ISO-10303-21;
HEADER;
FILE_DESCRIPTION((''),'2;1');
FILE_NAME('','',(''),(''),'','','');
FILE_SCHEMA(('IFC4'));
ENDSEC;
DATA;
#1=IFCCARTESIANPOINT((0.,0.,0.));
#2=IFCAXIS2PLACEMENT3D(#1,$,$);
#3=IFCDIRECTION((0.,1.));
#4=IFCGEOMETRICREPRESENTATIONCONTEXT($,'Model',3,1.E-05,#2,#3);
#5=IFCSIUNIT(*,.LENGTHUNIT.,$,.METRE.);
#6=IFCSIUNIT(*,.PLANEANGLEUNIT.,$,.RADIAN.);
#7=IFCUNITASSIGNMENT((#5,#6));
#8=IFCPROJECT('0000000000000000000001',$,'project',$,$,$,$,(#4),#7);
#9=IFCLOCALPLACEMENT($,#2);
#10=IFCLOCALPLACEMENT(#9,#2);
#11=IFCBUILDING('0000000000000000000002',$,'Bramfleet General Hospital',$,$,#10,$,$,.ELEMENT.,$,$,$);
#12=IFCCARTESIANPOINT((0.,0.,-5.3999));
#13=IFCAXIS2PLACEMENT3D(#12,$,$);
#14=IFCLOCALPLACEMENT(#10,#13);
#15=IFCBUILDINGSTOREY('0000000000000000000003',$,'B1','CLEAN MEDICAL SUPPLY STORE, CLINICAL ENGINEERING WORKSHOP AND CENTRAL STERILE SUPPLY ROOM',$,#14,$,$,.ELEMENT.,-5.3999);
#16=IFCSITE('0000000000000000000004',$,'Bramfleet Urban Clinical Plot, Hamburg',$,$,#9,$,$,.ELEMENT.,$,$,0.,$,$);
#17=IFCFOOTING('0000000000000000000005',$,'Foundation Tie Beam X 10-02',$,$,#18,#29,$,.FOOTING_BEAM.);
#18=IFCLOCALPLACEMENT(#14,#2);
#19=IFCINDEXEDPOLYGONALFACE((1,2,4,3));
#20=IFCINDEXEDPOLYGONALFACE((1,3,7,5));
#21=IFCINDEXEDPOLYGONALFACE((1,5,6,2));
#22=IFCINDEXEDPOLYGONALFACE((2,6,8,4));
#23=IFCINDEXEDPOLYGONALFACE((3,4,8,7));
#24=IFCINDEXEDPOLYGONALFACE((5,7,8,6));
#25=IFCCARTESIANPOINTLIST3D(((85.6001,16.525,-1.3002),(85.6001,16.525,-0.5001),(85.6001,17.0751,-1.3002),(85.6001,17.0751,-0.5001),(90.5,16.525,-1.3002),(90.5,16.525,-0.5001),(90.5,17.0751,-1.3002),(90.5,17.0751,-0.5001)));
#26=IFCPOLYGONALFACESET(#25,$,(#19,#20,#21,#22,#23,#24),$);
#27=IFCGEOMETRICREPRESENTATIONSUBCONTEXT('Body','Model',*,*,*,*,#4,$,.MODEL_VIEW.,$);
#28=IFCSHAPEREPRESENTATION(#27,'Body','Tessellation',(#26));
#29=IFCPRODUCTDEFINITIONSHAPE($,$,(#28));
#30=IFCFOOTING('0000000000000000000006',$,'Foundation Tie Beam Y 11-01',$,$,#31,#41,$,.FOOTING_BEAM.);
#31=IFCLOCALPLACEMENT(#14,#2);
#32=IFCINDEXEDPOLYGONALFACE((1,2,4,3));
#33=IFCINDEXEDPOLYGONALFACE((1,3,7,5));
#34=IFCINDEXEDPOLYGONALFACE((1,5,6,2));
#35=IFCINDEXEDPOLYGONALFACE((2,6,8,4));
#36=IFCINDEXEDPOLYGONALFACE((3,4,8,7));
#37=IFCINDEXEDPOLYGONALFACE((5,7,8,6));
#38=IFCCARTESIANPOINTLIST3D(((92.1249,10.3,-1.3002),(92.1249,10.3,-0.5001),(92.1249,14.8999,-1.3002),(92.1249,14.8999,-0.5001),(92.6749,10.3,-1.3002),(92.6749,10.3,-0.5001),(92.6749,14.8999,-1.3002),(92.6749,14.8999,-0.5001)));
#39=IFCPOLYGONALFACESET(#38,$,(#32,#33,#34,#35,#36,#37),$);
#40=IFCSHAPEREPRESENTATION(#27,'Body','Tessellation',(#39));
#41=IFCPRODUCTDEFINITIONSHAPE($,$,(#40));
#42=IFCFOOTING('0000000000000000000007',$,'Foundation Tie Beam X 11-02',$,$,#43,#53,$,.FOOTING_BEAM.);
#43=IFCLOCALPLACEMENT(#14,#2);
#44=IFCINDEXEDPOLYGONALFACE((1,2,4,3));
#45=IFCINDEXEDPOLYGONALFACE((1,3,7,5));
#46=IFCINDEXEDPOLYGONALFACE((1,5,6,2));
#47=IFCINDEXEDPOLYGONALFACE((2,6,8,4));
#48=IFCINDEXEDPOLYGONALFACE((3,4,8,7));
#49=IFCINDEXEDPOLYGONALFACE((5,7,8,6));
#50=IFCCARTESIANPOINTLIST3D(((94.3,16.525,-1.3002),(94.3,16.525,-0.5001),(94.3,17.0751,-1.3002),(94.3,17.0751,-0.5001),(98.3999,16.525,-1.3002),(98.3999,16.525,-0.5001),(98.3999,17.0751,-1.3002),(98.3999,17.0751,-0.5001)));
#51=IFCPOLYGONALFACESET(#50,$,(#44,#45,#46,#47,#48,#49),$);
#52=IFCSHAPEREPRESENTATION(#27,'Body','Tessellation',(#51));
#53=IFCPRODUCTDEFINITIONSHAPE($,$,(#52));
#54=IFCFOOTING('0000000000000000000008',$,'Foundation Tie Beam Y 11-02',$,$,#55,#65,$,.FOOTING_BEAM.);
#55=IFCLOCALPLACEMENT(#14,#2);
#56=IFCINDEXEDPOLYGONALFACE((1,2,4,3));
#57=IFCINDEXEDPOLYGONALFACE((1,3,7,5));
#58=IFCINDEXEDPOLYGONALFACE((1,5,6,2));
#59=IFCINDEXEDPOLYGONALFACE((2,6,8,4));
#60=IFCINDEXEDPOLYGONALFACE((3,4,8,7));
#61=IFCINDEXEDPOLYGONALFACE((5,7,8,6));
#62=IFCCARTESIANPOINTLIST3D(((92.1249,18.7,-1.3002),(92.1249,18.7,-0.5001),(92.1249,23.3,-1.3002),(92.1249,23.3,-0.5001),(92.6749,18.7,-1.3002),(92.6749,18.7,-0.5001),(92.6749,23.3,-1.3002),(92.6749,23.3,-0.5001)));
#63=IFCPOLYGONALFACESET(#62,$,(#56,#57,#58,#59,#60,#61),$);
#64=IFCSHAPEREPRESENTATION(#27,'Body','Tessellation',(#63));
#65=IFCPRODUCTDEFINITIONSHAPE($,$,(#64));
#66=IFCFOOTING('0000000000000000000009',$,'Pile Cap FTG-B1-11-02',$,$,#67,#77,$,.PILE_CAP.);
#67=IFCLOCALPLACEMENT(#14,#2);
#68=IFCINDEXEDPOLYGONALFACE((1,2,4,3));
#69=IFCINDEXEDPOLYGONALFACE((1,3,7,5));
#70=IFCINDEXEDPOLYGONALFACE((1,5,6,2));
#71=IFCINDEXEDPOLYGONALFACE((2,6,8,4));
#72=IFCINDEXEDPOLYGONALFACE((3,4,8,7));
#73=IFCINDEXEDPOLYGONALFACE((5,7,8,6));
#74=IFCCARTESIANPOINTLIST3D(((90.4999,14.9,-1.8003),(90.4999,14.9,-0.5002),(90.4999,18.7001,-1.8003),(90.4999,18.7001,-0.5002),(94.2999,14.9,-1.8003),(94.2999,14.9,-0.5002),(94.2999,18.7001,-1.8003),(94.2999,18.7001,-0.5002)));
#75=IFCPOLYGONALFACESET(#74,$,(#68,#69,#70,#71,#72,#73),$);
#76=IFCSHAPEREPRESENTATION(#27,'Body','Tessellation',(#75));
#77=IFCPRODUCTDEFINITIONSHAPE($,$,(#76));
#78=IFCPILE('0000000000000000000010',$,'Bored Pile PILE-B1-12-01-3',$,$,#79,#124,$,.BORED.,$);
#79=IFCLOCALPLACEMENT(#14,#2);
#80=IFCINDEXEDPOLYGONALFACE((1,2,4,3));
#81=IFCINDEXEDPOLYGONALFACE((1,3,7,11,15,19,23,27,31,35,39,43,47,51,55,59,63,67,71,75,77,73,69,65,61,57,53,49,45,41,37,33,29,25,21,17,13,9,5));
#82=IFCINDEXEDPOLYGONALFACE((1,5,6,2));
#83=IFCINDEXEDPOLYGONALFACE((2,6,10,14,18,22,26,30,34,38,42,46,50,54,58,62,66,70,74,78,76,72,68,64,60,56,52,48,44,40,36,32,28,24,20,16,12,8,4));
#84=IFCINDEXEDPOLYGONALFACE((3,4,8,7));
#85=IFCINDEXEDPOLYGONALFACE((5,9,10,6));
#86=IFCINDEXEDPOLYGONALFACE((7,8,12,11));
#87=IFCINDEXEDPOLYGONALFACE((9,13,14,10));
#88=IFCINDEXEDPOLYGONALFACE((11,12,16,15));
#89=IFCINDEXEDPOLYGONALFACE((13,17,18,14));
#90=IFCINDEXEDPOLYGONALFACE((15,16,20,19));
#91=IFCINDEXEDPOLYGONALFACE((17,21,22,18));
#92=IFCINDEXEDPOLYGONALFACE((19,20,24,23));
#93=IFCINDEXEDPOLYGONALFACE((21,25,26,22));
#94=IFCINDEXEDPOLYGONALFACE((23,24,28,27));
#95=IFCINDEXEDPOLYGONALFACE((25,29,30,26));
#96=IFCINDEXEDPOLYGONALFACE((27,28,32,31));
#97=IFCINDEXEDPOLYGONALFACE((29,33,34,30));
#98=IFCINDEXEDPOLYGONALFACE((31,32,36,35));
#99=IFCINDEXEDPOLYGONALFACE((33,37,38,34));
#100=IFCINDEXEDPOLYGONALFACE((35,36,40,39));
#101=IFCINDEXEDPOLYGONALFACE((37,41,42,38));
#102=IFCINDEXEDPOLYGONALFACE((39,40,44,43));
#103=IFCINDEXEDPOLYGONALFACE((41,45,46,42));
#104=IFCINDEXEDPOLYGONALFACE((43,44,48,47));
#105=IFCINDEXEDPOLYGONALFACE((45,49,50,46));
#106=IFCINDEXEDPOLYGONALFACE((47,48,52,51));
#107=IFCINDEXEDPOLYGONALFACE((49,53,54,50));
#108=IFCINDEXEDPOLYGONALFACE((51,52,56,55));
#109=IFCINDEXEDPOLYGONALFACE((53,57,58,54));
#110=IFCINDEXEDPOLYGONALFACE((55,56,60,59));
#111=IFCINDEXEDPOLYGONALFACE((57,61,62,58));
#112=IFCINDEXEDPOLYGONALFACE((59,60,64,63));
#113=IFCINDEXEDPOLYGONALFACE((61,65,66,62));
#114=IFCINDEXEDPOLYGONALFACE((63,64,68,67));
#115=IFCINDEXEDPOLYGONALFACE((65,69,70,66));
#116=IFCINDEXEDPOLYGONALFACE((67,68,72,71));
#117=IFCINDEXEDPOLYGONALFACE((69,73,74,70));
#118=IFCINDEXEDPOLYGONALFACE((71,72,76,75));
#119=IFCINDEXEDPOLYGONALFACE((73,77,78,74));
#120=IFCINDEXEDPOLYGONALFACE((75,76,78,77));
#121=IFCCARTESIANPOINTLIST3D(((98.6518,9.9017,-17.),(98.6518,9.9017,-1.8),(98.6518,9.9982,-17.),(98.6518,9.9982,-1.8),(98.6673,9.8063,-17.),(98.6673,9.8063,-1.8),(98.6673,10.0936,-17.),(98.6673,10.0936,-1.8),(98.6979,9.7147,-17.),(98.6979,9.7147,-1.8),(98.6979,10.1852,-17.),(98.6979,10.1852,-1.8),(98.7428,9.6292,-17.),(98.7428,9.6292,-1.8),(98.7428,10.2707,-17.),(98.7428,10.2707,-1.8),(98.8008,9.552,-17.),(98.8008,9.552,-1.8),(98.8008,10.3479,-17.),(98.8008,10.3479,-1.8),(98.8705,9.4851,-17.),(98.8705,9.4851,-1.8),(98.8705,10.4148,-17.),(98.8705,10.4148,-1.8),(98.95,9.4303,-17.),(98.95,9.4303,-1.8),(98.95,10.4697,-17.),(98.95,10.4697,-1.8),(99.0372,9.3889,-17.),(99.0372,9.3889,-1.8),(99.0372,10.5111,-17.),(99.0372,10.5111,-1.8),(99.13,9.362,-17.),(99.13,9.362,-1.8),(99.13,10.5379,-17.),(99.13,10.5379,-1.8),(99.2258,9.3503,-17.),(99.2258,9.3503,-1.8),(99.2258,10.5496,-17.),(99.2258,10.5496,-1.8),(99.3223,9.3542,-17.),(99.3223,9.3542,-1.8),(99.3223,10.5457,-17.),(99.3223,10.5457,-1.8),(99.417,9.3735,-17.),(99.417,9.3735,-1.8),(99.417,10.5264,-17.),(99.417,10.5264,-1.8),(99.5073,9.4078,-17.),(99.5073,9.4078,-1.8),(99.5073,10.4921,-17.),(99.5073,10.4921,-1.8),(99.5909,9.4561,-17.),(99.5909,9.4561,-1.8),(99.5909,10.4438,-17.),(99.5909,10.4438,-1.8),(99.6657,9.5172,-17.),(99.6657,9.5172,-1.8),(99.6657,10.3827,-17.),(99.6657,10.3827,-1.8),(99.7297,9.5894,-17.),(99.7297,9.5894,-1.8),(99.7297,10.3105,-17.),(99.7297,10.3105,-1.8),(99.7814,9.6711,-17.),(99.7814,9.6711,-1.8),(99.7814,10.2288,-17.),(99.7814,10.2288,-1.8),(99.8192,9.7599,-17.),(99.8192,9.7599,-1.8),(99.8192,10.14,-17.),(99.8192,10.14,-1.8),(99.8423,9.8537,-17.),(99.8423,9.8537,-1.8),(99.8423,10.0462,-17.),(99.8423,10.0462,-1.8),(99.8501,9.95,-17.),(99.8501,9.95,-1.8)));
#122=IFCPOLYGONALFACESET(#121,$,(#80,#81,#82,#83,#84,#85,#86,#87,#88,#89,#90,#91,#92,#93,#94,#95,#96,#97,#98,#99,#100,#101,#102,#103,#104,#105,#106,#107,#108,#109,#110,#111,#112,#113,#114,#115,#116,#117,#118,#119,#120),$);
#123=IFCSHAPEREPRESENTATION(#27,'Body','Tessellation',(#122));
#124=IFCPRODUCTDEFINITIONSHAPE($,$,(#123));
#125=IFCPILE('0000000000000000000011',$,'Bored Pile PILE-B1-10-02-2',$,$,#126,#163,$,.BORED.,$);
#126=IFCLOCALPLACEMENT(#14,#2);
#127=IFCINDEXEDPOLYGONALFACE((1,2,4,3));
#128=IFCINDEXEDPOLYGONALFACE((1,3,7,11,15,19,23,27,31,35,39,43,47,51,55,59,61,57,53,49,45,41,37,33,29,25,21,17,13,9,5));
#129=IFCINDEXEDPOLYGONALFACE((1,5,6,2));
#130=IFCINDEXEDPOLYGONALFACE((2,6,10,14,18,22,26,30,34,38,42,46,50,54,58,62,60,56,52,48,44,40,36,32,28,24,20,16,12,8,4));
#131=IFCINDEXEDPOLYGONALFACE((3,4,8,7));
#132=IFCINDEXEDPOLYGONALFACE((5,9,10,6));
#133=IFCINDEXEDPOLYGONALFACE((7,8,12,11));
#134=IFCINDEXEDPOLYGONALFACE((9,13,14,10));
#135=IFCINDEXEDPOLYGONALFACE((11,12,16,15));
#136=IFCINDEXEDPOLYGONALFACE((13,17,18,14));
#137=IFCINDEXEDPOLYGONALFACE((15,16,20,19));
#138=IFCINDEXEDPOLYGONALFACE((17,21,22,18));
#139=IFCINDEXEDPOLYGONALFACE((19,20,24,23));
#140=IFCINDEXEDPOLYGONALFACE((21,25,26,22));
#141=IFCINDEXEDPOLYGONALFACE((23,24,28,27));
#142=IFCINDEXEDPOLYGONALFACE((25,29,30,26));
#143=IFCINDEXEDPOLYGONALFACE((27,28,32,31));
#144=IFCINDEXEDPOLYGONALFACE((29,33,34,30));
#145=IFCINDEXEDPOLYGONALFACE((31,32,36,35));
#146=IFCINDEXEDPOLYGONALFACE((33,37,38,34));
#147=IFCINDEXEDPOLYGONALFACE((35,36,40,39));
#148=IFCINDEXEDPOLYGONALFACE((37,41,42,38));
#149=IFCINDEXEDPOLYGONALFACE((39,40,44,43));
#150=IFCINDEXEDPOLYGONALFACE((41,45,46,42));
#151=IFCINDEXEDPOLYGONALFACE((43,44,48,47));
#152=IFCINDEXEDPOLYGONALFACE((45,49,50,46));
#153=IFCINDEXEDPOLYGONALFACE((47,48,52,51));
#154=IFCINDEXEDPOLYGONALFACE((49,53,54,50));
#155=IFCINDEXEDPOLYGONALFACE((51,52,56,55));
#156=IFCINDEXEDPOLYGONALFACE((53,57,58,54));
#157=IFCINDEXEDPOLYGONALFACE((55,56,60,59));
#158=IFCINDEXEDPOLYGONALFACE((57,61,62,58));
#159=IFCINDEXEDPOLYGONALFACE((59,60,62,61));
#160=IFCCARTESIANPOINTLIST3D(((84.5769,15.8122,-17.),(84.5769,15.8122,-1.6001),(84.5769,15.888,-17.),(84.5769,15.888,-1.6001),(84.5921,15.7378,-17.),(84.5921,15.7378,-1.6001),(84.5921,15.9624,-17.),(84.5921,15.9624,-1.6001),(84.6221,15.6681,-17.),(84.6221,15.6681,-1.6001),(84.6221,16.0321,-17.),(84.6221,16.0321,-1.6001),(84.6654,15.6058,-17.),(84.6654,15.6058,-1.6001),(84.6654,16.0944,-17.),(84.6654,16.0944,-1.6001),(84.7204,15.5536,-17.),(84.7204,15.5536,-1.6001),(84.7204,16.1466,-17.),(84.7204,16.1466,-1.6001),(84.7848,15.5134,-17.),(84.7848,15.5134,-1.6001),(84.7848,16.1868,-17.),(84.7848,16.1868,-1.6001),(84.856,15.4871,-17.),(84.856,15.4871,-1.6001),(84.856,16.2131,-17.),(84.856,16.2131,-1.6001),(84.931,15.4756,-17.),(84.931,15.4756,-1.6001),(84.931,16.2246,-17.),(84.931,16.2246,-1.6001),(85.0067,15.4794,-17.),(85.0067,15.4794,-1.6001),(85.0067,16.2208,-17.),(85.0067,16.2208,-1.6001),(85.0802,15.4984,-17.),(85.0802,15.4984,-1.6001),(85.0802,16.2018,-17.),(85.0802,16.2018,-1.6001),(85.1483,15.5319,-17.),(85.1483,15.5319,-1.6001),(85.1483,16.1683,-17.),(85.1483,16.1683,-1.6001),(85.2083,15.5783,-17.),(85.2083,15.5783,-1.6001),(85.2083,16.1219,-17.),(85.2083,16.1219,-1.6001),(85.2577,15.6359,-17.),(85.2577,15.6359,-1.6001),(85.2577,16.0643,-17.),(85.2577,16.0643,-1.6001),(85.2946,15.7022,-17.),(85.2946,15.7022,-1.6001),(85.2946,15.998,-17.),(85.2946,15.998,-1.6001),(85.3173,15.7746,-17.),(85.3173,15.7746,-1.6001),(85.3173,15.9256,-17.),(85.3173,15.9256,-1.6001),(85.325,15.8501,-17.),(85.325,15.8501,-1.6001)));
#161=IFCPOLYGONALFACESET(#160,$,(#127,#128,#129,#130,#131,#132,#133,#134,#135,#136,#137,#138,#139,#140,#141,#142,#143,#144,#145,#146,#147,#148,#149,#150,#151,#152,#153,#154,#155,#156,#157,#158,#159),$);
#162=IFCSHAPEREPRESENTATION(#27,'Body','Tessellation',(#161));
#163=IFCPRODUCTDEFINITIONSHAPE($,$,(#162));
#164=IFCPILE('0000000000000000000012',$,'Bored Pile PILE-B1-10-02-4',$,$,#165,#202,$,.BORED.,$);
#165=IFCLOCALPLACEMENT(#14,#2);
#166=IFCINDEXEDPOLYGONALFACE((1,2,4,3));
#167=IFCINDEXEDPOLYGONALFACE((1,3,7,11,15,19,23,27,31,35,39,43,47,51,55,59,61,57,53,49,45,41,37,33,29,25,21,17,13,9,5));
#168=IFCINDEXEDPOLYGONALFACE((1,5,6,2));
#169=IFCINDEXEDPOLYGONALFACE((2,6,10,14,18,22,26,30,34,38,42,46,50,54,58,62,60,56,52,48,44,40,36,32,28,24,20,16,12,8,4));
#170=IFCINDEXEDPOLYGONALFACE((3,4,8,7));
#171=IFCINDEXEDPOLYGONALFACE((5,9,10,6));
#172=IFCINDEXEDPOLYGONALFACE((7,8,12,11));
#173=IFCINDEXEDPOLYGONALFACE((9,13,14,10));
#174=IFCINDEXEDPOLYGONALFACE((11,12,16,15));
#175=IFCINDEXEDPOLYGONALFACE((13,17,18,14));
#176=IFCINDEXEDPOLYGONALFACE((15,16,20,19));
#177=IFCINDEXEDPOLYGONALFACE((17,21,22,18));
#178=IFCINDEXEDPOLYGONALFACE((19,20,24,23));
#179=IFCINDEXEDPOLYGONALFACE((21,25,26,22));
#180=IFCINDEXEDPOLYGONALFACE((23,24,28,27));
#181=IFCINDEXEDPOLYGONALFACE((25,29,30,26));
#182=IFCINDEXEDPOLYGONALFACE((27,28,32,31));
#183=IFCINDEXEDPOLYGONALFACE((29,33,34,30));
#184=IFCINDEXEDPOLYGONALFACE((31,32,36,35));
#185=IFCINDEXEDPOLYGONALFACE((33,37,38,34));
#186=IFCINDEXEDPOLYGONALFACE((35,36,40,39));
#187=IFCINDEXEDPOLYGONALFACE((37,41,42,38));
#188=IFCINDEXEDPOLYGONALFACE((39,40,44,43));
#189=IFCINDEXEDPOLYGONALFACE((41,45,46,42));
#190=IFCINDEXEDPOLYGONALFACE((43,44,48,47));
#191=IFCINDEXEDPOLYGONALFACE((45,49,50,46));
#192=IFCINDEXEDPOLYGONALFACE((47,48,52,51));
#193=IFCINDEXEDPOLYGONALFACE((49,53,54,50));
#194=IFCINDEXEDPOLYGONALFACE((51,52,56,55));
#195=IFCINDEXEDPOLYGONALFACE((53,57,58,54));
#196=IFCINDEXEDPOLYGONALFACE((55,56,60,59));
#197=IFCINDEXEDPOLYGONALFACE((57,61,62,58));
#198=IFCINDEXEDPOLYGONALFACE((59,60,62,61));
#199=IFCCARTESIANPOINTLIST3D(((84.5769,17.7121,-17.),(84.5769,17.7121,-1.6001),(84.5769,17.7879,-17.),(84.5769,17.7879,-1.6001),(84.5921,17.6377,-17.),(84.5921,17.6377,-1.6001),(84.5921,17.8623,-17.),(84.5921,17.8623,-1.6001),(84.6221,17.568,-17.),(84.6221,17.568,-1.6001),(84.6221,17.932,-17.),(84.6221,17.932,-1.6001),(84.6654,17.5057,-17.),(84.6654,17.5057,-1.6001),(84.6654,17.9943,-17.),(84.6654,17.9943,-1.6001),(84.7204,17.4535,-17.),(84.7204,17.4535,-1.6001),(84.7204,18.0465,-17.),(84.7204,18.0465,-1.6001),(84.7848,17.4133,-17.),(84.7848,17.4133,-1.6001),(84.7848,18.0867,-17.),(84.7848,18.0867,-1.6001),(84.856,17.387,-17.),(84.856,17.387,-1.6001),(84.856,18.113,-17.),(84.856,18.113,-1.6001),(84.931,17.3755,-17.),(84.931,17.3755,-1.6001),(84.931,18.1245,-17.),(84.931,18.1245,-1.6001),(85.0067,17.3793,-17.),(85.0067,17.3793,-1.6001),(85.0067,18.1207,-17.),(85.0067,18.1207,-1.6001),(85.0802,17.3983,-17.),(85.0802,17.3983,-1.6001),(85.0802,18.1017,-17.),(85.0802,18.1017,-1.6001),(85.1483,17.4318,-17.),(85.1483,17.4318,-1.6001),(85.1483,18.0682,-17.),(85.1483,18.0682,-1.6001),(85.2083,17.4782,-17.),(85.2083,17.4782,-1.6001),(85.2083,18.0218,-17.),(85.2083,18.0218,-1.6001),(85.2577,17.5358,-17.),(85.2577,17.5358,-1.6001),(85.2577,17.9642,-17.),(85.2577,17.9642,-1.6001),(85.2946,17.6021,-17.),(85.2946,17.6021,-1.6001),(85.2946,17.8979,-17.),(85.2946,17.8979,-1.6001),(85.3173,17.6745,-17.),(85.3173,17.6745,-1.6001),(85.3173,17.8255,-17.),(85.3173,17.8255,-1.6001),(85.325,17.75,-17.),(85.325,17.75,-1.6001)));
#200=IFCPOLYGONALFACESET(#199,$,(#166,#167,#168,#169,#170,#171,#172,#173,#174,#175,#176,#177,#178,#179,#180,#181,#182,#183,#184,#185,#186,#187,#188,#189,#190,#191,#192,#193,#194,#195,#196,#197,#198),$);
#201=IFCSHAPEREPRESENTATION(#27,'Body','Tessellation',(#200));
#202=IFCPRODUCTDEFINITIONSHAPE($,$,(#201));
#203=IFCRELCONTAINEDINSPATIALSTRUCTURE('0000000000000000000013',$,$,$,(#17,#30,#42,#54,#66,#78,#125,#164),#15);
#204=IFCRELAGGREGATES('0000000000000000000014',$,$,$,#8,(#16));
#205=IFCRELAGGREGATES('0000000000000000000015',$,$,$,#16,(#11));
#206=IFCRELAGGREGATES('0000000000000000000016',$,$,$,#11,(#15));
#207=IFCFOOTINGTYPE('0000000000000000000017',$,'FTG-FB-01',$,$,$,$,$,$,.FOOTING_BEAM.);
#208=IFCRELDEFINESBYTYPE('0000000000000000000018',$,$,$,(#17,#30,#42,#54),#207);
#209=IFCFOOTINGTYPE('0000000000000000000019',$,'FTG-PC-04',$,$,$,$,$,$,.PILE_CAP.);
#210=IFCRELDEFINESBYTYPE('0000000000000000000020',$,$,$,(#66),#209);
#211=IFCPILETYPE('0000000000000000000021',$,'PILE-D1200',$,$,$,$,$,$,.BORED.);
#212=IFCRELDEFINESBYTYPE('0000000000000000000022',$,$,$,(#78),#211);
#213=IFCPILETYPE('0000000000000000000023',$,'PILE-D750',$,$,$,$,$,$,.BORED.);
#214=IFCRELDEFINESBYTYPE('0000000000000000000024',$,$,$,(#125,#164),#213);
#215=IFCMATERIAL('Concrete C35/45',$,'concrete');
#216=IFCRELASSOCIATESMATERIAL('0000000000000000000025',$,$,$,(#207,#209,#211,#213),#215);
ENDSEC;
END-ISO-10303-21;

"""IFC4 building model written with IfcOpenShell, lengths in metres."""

from ifc_helpers import new_model, si_unit, direction, frame, origin, origin_2d, place, context, subcontext, project, spatial, rectangle, circle, extrude, material, material_profile, profile_set, type_object, element, save


model = new_model("IFC4")

# Units and contexts
model_context = context("Model", 3, precision=1e-05, world=origin(), true_north=direction((0.0, 1.0)))
body_context = subcontext(model_context, "Body", "Model", "MODEL_VIEW")
ifc_project = project(units=[si_unit("LENGTHUNIT", "METRE"), si_unit("PLANEANGLEUNIT", "RADIAN")], contexts=[model_context])

# Site, building, storey
site_placement = place(None, origin())
site = spatial("IfcSite", under=ifc_project, at=site_placement, Name="Bramfleet Urban Clinical Plot, Hamburg", CompositionType="ELEMENT", RefElevation=0.0)
building_placement = place(site_placement, origin())
building = spatial("IfcBuilding", under=site, at=building_placement, Name="Bramfleet General Hospital", CompositionType="ELEMENT")
storey_placement = place(building_placement, frame((0.0, 0.0, -5.3999)))
storey = spatial("IfcBuildingStorey", under=building, at=storey_placement, Name="B1", Description="CLEAN MEDICAL SUPPLY STORE, CLINICAL ENGINEERING WORKSHOP AND CENTRAL STERILE SUPPLY ROOM", CompositionType="ELEMENT", Elevation=-5.3999)

# Footings
ifc_material_1 = material(Name="Concrete C35/45", Category="concrete")
ifc_material_profile_1 = material_profile(ifc_material_1, rectangle(XDim=0.55, YDim=0.8, at=origin_2d()), Name="RC FB 800x550")
ifc_profile_set_1 = profile_set([ifc_material_profile_1], Name="Concrete C35/45")
footing_type_1 = type_object("IfcFootingType", Name="FTG-FB-01", PredefinedType="FOOTING_BEAM", material=ifc_profile_set_1)
footing_1_placement = place(storey_placement, frame((85.6001, 16.8, -0.9001), z_axis=(1.0, 0.0, 0.0), x_axis=(0.0, 1.0, 0.0)))
element("IfcFooting", 1, at=footing_1_placement, inside=storey, type_object=footing_type_1, Name="Foundation Tie Beam X 10-02", PredefinedType="FOOTING_BEAM", context=body_context, shape_type="SweptSolid", body=[
    extrude(rectangle(XDim=0.55, YDim=0.8, at=origin_2d()), origin(), (0.0, 0.0, 1.0), 4.8999),
])
footing_2_placement = place(storey_placement, frame((92.3999, 10.3, -0.9001), z_axis=(0.0, 1.0, 0.0), x_axis=(-1.0, 0.0, 0.0)))
element("IfcFooting", 2, at=footing_2_placement, inside=storey, type_object=footing_type_1, Name="Foundation Tie Beam Y 11-01", PredefinedType="FOOTING_BEAM", context=body_context, shape_type="SweptSolid", body=[
    extrude(rectangle(XDim=0.55, YDim=0.8, at=origin_2d()), origin(), (0.0, 0.0, 1.0), 4.5999),
])
footing_3_placement = place(storey_placement, frame((94.3, 16.8, -0.9001), z_axis=(1.0, 0.0, 0.0), x_axis=(0.0, 1.0, 0.0)))
element("IfcFooting", 3, at=footing_3_placement, inside=storey, type_object=footing_type_1, Name="Foundation Tie Beam X 11-02", PredefinedType="FOOTING_BEAM", context=body_context, shape_type="SweptSolid", body=[
    extrude(rectangle(XDim=0.55, YDim=0.8, at=origin_2d()), origin(), (0.0, 0.0, 1.0), 4.0999),
])
footing_4_placement = place(storey_placement, frame((92.3999, 18.7, -0.9001), z_axis=(0.0, 1.0, 0.0), x_axis=(-1.0, 0.0, 0.0)))
element("IfcFooting", 4, at=footing_4_placement, inside=storey, type_object=footing_type_1, Name="Foundation Tie Beam Y 11-02", PredefinedType="FOOTING_BEAM", context=body_context, shape_type="SweptSolid", body=[
    extrude(rectangle(XDim=0.55, YDim=0.8, at=origin_2d()), origin(), (0.0, 0.0, 1.0), 4.6001),
])
footing_type_2 = type_object("IfcFootingType", Name="FTG-PC-04", PredefinedType="PILE_CAP", material=ifc_material_1)
footing_5_placement = place(storey_placement, frame((92.3999, 16.8, -1.8003), z_axis=(0.0, 0.0, 1.0), x_axis=(1.0, 0.0, 0.0)))
element("IfcFooting", 5, at=footing_5_placement, inside=storey, type_object=footing_type_2, Name="Pile Cap FTG-B1-11-02", PredefinedType="PILE_CAP", context=body_context, shape_type="SweptSolid", body=[
    extrude(rectangle(XDim=3.8, YDim=3.8, at=origin_2d()), origin(), (0.0, 0.0, 1.0), 1.3),
])

# Piles
ifc_material_profile_2 = material_profile(ifc_material_1, circle(Radius=0.6001, at=origin_2d()), Name="PILE BORED D1200")
ifc_profile_set_2 = profile_set([ifc_material_profile_2], Name="Concrete C35/45")
pile_type_1 = type_object("IfcPileType", Name="PILE-D1200", PredefinedType="BORED", material=ifc_profile_set_2)
pile_placement = place(storey_placement, frame((99.25, 9.95, -1.8), z_axis=(0.0, 0.0, -1.0), x_axis=(1.0, 0.0, 0.0)))
element("IfcPile", 6, at=pile_placement, inside=storey, type_object=pile_type_1, Name="Bored Pile PILE-B1-12-01-3", PredefinedType="BORED", context=body_context, shape_type="SweptSolid", body=[
    extrude(circle(Radius=0.6001, at=origin_2d()), origin(), (0.0, 0.0, 1.0), 15.2),
])
ifc_material_profile_3 = material_profile(ifc_material_1, circle(Radius=0.375, at=origin_2d()), Name="PILE BORED D750")
ifc_profile_set_3 = profile_set([ifc_material_profile_3], Name="Concrete C35/45")
pile_type_2 = type_object("IfcPileType", Name="PILE-D750", PredefinedType="BORED", material=ifc_profile_set_3)
for number, where, z_axis, x_axis, name in (
    (7, (84.95, 15.8501, -1.6001), (0.0, 0.0, -1.0), (1.0, 0.0, 0.0), "Bored Pile PILE-B1-10-02-2"),
    (8, (84.95, 17.75, -1.6001), (0.0, 0.0, -1.0), (1.0, 0.0, 0.0), "Bored Pile PILE-B1-10-02-4"),
):
    element("IfcPile", number, at=place(storey_placement, frame(where, z_axis=z_axis, x_axis=x_axis)), inside=storey, type_object=pile_type_2, Name=name, PredefinedType="BORED", context=body_context, shape_type="SweptSolid", body=[
        extrude(circle(Radius=0.375, at=origin_2d()), origin(), (0.0, 0.0, 1.0), 15.3999),
    ])

save(model, "model.ifc")
